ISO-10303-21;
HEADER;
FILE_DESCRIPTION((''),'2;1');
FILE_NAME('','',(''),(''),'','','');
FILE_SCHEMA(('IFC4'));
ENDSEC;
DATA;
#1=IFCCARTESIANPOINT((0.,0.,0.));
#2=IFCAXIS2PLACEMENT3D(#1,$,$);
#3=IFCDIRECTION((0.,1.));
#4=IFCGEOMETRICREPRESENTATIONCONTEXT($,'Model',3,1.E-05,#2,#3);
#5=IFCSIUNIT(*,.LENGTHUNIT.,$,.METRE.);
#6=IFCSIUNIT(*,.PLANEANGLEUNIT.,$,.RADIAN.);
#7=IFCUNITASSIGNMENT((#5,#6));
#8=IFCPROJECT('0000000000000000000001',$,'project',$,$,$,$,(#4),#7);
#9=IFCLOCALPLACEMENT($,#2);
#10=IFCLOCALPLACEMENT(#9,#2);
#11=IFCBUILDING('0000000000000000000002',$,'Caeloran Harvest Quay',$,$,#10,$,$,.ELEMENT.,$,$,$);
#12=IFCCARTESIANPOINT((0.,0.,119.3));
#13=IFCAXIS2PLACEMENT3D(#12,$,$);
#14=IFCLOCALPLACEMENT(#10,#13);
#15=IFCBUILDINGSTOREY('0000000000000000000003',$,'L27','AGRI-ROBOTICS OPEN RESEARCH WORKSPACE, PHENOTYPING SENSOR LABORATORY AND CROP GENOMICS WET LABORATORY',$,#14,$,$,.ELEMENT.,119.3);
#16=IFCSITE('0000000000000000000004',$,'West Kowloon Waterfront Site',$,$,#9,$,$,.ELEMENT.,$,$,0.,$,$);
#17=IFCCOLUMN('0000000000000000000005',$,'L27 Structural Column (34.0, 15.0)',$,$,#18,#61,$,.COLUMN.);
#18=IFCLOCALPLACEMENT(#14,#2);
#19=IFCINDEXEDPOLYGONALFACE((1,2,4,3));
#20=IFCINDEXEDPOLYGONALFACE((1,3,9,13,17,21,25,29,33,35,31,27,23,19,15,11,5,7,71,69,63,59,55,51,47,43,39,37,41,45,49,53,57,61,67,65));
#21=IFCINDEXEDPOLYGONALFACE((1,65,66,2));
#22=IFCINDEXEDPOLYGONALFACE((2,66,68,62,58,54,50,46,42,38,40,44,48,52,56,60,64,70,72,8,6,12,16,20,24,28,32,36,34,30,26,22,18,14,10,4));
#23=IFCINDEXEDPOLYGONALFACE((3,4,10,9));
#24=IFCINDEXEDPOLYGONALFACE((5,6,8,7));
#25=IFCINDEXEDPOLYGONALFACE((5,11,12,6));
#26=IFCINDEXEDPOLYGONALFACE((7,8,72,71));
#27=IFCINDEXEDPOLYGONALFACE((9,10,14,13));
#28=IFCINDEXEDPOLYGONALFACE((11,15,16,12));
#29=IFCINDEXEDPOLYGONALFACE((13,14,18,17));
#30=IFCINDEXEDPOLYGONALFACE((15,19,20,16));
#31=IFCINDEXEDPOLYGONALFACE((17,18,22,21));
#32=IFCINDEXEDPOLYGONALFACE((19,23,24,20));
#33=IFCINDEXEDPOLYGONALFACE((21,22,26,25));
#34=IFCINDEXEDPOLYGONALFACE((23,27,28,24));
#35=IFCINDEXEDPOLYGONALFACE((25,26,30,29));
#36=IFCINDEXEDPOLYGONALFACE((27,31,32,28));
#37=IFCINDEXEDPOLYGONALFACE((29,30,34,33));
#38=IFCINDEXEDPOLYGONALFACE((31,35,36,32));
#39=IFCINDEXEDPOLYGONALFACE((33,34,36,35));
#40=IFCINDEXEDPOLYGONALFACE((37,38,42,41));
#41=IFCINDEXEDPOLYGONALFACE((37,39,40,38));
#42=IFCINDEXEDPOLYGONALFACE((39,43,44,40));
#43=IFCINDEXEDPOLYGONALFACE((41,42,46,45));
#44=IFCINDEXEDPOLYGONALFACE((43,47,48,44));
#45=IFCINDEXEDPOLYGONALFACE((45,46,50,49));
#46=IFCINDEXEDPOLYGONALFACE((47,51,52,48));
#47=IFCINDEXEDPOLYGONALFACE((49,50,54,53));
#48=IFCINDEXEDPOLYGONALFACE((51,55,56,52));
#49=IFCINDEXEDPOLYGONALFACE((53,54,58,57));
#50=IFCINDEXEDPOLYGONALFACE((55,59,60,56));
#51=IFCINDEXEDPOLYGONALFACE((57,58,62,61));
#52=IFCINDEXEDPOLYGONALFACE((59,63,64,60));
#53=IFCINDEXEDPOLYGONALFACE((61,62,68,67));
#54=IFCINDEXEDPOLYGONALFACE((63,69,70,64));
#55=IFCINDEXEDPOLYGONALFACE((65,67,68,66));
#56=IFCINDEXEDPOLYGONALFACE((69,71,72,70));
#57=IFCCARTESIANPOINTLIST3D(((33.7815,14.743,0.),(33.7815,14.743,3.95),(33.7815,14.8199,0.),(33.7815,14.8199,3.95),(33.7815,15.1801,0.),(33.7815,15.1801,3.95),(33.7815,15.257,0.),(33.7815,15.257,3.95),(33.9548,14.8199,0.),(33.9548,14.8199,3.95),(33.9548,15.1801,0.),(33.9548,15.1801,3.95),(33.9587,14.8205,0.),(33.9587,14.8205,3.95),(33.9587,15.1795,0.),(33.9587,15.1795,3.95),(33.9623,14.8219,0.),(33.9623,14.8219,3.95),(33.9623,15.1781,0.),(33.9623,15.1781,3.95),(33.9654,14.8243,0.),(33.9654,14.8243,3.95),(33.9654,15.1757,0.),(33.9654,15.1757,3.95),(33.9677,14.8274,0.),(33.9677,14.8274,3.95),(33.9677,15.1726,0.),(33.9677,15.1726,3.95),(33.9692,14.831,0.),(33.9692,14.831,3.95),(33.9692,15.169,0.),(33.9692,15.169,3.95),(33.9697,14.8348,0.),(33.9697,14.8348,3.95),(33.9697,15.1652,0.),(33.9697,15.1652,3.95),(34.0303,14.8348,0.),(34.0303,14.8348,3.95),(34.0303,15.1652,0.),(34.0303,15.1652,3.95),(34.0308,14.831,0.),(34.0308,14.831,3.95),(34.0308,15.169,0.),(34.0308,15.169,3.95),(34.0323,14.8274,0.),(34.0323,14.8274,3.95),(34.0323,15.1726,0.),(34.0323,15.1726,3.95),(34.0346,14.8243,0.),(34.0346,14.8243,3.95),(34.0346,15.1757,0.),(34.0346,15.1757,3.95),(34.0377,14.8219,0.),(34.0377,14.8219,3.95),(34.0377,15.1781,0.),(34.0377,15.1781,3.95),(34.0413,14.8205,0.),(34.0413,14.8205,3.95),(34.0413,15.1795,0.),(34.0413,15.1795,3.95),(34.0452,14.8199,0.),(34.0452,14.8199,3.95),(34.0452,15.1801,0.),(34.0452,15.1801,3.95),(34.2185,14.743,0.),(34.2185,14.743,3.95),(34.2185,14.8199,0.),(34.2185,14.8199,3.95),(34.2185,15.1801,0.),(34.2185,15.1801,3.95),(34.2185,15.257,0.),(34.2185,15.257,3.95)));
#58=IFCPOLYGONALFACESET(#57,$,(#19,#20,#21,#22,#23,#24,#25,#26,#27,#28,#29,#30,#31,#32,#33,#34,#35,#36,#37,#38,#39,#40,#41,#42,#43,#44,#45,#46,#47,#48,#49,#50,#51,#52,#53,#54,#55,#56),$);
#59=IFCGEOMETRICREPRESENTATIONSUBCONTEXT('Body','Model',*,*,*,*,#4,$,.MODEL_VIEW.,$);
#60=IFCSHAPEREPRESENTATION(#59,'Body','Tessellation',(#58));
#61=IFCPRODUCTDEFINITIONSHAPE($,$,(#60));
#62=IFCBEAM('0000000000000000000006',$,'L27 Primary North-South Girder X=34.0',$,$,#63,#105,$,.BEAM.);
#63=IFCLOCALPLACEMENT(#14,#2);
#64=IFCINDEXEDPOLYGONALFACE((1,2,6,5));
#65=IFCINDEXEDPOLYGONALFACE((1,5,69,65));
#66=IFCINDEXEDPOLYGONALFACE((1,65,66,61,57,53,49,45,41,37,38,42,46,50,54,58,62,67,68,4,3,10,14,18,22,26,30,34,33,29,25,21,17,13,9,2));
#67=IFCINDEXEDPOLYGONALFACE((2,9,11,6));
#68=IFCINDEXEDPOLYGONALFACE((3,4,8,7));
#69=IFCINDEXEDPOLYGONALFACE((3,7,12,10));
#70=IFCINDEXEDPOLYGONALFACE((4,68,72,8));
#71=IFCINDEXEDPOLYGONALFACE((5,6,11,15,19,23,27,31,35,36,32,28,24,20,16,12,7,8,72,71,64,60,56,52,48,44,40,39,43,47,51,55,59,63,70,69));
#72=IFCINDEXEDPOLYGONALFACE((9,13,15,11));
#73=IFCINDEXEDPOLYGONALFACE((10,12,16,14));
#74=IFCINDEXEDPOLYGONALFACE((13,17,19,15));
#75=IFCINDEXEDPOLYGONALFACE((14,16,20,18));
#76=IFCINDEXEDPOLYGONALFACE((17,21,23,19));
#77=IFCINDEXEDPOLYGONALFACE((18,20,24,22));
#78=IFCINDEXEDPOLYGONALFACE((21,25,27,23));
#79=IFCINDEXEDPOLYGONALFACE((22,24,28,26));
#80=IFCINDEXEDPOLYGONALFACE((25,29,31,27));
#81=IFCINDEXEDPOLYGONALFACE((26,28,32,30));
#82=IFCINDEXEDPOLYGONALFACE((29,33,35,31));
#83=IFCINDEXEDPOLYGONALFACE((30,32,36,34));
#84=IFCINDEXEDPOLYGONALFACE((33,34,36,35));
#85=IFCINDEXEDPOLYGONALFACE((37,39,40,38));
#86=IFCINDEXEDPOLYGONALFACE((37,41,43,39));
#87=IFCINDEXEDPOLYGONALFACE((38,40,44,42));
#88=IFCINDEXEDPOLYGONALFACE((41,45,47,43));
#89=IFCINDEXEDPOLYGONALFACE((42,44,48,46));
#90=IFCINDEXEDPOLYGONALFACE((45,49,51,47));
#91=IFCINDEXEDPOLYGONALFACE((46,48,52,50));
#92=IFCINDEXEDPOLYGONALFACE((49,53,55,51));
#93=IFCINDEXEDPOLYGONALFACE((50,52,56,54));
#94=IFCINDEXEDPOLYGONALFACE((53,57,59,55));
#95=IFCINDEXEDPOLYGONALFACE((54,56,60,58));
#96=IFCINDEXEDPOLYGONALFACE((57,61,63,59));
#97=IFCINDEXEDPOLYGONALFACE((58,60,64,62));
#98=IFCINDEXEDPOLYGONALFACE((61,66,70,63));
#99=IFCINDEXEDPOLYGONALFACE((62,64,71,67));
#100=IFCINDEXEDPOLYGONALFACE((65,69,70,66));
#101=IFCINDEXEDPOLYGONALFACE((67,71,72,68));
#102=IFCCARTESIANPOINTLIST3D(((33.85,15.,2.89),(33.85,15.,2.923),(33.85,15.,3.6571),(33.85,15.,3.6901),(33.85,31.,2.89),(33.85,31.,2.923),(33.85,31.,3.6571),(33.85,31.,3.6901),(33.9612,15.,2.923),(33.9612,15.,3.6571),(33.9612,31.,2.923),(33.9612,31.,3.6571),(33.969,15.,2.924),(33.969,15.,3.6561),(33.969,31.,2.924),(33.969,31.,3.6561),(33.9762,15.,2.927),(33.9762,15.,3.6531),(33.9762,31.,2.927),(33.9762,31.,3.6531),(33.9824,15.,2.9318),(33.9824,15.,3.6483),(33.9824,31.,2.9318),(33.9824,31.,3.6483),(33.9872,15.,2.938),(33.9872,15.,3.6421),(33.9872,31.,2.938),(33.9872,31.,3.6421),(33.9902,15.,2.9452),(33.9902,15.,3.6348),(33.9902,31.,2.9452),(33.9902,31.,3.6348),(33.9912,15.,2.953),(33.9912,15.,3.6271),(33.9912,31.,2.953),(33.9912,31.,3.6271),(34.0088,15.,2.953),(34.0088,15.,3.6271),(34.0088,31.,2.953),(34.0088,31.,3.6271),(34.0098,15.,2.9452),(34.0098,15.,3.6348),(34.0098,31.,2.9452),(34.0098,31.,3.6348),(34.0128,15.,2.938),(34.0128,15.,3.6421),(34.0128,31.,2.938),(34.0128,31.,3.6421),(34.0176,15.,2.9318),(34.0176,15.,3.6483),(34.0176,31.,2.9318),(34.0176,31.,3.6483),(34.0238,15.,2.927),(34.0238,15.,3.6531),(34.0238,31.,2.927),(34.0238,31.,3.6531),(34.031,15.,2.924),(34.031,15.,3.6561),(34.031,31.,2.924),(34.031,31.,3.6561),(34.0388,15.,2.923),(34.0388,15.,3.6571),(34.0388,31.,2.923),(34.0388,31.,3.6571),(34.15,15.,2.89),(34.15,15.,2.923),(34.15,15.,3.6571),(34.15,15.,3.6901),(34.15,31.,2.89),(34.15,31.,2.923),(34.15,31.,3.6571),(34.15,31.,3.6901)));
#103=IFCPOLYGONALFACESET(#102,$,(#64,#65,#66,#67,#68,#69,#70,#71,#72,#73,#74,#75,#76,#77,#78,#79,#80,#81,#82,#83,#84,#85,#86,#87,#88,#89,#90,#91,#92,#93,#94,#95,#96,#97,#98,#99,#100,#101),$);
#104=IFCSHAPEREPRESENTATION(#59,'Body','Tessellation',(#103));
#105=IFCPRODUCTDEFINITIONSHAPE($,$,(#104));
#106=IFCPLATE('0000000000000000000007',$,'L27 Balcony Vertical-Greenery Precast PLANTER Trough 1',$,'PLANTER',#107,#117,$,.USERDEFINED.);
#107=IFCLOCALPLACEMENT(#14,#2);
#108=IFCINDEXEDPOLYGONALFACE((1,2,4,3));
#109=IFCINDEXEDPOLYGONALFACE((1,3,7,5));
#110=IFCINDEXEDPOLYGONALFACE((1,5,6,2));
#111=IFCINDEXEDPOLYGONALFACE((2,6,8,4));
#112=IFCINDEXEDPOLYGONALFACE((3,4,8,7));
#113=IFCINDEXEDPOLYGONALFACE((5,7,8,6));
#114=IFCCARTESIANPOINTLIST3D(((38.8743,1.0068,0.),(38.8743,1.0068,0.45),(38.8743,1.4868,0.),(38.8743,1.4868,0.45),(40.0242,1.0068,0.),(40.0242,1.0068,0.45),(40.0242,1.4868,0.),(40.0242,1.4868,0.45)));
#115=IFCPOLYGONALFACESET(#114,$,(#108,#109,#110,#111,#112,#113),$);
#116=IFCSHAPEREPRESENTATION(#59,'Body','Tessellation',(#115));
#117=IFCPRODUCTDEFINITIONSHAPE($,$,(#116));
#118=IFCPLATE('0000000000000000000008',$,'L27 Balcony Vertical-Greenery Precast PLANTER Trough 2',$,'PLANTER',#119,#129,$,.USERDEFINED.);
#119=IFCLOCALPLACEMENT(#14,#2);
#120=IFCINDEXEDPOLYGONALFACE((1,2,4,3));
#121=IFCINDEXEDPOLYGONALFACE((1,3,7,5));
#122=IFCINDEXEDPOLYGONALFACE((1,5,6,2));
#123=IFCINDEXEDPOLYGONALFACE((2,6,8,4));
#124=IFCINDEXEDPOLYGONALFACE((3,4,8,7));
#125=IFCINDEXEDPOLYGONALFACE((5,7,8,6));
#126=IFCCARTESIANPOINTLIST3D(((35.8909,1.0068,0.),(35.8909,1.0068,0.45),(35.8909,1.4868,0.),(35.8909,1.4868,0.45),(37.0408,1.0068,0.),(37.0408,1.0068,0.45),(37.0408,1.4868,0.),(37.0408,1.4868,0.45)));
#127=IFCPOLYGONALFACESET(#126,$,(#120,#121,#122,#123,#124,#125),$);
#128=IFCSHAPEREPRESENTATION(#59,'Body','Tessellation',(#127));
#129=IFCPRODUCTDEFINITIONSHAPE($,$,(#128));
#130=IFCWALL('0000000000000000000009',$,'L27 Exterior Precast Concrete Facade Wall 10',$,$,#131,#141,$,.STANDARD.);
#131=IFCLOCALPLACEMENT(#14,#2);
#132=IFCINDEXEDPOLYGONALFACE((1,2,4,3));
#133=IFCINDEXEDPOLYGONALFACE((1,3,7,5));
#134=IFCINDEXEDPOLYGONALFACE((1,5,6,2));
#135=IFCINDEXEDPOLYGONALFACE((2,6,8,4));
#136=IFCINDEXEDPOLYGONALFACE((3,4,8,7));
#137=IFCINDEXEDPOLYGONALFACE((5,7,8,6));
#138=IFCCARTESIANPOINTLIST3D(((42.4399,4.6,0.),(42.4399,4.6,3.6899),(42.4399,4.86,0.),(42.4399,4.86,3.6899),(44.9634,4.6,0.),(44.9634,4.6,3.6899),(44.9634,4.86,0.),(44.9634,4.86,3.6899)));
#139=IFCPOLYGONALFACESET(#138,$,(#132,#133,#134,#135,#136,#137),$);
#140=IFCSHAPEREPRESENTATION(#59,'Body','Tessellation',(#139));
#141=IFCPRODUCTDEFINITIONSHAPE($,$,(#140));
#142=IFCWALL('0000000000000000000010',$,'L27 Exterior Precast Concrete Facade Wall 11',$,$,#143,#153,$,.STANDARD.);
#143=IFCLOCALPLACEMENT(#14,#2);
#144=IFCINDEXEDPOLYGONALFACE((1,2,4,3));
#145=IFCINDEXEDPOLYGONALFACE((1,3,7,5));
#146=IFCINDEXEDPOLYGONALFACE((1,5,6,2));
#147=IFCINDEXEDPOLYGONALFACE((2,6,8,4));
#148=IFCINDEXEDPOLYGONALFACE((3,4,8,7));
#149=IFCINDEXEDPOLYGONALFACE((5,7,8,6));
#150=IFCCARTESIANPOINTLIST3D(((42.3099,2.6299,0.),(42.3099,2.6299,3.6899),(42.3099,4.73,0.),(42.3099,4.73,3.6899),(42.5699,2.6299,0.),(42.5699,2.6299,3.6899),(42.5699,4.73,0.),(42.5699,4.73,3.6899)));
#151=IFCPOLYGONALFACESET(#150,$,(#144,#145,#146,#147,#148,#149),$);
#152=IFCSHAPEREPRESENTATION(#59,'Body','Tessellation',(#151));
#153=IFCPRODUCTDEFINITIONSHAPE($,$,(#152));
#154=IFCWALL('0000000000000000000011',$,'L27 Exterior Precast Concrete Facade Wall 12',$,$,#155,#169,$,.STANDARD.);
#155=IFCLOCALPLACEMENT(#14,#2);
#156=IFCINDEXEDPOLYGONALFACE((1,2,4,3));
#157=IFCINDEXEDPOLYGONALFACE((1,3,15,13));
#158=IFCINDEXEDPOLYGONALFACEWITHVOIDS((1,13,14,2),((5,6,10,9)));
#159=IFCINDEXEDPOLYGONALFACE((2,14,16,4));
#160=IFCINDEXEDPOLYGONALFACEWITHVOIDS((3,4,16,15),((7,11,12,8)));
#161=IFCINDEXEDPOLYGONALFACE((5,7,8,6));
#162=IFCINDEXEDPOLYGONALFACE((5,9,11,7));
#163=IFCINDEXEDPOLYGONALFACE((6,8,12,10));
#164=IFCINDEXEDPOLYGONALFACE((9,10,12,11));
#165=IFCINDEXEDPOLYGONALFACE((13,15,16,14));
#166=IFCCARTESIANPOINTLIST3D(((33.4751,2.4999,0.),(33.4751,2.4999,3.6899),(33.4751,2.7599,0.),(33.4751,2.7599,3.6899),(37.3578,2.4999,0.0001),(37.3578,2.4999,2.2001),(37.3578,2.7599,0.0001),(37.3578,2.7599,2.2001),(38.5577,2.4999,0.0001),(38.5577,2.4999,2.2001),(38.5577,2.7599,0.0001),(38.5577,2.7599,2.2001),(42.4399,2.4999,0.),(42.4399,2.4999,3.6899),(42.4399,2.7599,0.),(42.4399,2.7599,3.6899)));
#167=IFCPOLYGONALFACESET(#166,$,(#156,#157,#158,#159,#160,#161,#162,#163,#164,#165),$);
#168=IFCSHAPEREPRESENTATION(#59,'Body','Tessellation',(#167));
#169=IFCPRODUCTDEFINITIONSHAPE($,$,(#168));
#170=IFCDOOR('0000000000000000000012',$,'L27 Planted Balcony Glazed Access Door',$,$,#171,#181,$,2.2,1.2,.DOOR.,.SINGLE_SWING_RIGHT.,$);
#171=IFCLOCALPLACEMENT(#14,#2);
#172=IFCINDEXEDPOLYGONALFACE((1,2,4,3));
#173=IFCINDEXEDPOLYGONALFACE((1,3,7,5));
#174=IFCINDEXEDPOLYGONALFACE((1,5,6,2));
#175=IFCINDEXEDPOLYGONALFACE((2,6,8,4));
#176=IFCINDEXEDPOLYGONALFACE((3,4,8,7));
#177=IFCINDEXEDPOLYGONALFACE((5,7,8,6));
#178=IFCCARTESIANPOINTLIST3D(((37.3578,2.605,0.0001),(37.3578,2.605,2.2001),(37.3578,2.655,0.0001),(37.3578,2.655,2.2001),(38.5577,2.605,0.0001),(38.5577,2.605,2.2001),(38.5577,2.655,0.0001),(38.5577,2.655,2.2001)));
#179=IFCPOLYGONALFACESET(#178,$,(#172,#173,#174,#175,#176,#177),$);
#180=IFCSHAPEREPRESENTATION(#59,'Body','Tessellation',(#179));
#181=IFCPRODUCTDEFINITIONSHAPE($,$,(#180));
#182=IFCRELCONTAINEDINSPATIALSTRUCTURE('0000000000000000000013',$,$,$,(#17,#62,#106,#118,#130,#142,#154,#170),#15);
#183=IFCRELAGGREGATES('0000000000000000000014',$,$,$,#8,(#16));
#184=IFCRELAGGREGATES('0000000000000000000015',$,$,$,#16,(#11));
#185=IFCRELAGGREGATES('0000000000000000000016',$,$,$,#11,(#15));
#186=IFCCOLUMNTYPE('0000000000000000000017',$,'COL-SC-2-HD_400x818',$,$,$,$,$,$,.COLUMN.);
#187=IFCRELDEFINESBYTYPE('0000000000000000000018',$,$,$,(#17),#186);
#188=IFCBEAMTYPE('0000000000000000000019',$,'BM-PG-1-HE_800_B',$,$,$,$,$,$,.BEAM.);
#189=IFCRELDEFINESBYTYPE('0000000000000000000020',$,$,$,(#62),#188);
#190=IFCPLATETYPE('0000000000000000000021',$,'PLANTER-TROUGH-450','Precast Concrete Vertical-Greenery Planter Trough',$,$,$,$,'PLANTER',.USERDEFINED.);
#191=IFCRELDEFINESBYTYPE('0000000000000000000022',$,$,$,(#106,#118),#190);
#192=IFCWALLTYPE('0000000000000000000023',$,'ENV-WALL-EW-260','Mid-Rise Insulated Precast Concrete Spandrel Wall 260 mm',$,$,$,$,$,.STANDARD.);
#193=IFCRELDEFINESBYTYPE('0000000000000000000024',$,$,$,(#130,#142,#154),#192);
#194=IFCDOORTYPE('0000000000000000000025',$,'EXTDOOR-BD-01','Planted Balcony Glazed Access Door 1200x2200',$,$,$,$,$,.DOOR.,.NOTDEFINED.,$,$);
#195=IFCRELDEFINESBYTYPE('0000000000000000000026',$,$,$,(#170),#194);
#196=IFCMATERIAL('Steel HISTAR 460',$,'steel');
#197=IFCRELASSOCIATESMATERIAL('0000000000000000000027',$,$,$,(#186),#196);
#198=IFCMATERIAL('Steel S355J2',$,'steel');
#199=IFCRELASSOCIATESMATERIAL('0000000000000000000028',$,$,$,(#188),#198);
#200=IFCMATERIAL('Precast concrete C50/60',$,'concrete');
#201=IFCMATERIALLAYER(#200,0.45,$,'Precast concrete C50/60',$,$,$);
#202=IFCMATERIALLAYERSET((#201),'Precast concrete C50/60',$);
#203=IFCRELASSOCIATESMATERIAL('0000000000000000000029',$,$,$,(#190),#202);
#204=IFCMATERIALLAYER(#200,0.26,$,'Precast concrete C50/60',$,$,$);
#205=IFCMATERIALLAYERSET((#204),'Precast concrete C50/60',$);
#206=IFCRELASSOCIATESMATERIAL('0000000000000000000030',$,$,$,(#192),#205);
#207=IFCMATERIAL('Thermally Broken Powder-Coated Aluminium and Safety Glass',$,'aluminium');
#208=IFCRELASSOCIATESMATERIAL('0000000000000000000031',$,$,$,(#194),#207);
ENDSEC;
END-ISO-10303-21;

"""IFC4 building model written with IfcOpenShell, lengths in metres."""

from ifc_helpers import new_model, si_unit, direction, frame, frame_2d, origin, origin_2d, place, context, subcontext, project, spatial, rectangle, i_section, extrude, material, layer, layer_set, material_profile, profile_set, type_object, element, fill, save


model = new_model("IFC4")

# Units and contexts
model_context = context("Model", 3, precision=1e-05, world=origin(), true_north=direction((0.0, 1.0)))
body_context = subcontext(model_context, "Body", "Model", "MODEL_VIEW")
ifc_project = project(units=[si_unit("LENGTHUNIT", "METRE"), si_unit("PLANEANGLEUNIT", "RADIAN")], contexts=[model_context])

# Site, building, storey
site_placement = place(None, origin())
site = spatial("IfcSite", under=ifc_project, at=site_placement, Name="West Kowloon Waterfront Site", CompositionType="ELEMENT", RefElevation=0.0)
building_placement = place(site_placement, origin())
building = spatial("IfcBuilding", under=site, at=building_placement, Name="Caeloran Harvest Quay", CompositionType="ELEMENT")
storey_placement = place(building_placement, frame((0.0, 0.0, 119.3)))
storey = spatial("IfcBuildingStorey", under=building, at=storey_placement, Name="L27", Description="AGRI-ROBOTICS OPEN RESEARCH WORKSPACE, PHENOTYPING SENSOR LABORATORY AND CROP GENOMICS WET LABORATORY", CompositionType="ELEMENT", Elevation=119.3)

# Column
ifc_material_1 = material(Name="Steel HISTAR 460", Category="steel")
ifc_material_profile_1 = material_profile(ifc_material_1, i_section(OverallWidth=0.437, OverallDepth=0.5139, WebThickness=0.0605, FlangeThickness=0.0769, FilletRadius=0.0149, at=origin_2d()), Name="HD 400x818")
ifc_profile_set_1 = profile_set([ifc_material_profile_1], Name="Steel HISTAR 460")
column_type = type_object("IfcColumnType", Name="COL-SC-2-HD_400x818", PredefinedType="COLUMN", material=ifc_profile_set_1)
column_placement = place(storey_placement, frame((34.0, 15.0, 0.0), z_axis=(0.0, 0.0, 1.0), x_axis=(1.0, 0.0, 0.0)))
element("IfcColumn", 1, at=column_placement, inside=storey, type_object=column_type, Name="L27 Structural Column (34.0, 15.0)", PredefinedType="COLUMN", context=body_context, shape_type="SweptSolid", body=[
    extrude(i_section(OverallWidth=0.437, OverallDepth=0.5139, WebThickness=0.0605, FlangeThickness=0.0769, FilletRadius=0.0149, at=origin_2d()), origin(), (0.0, 0.0, 1.0), 3.95),
])

# Beam
ifc_material_2 = material(Name="Steel S355J2", Category="steel")
ifc_material_profile_2 = material_profile(ifc_material_2, i_section(OverallWidth=0.3, OverallDepth=0.8, WebThickness=0.0176, FlangeThickness=0.033, FilletRadius=0.03, at=origin_2d()), Name="HE 800 B")
ifc_profile_set_2 = profile_set([ifc_material_profile_2], Name="Steel S355J2")
beam_type = type_object("IfcBeamType", Name="BM-PG-1-HE_800_B", PredefinedType="BEAM", material=ifc_profile_set_2)
beam_placement = place(storey_placement, frame((34.0, 15.0, 3.29), z_axis=(0.0, 1.0, 0.0), x_axis=(-1.0, 0.0, 0.0)))
element("IfcBeam", 2, at=beam_placement, inside=storey, type_object=beam_type, Name="L27 Primary North-South Girder X=34.0", PredefinedType="BEAM", context=body_context, shape_type="SweptSolid", body=[
    extrude(i_section(OverallWidth=0.3, OverallDepth=0.8, WebThickness=0.0176, FlangeThickness=0.033, FilletRadius=0.03, at=origin_2d()), origin(), (0.0, 0.0, 1.0), 16.0),
])

# Plates
ifc_material_3 = material(Name="Precast concrete C50/60", Category="concrete")
ifc_layer_1 = layer(ifc_material_3, 0.45, Name="Precast concrete C50/60")
ifc_layer_set_1 = layer_set([ifc_layer_1], Name="Precast concrete C50/60")
plate_type = type_object("IfcPlateType", Name="PLANTER-TROUGH-450", Description="Precast Concrete Vertical-Greenery Planter Trough", ElementType="PLANTER", PredefinedType="USERDEFINED", material=ifc_layer_set_1)
for number, where, z_axis, x_axis, name in (
    (3, (39.4492, 1.2468, 0.0), (0.0, 0.0, 1.0), (1.0, 0.0, 0.0), "L27 Balcony Vertical-Greenery Precast PLANTER Trough 1"),
    (4, (36.4658, 1.2468, 0.0), (0.0, 0.0, 1.0), (1.0, 0.0, 0.0), "L27 Balcony Vertical-Greenery Precast PLANTER Trough 2"),
):
    element("IfcPlate", number, at=place(storey_placement, frame(where, z_axis=z_axis, x_axis=x_axis)), inside=storey, type_object=plate_type, Name=name, ObjectType="PLANTER", PredefinedType="USERDEFINED", context=body_context, shape_type="SweptSolid", body=[
        extrude(rectangle(XDim=1.1499, YDim=0.48, at=origin_2d()), origin(), (0.0, 0.0, 1.0), 0.45),
    ])

# Walls
ifc_layer_2 = layer(ifc_material_3, 0.26, Name="Precast concrete C50/60")
ifc_layer_set_2 = layer_set([ifc_layer_2], Name="Precast concrete C50/60")
wall_type_1 = type_object("IfcWallType", Name="ENV-WALL-EW-260", Description="Mid-Rise Insulated Precast Concrete Spandrel Wall 260 mm", PredefinedType="STANDARD", material=ifc_layer_set_2)
wall_1_placement = place(storey_placement, frame((44.9634, 4.73, 0.0), z_axis=(0.0, 0.0, 1.0), x_axis=(-1.0, 0.0, 0.0)))
element("IfcWall", 5, at=wall_1_placement, inside=storey, type_object=wall_type_1, Name="L27 Exterior Precast Concrete Facade Wall 10", PredefinedType="STANDARD", context=body_context, shape_type="SweptSolid", body=[
    extrude(rectangle(XDim=2.5234, YDim=0.26, at=frame_2d((1.2617, 0.0))), origin(), (0.0, 0.0, 1.0), 3.6899),
])
wall_2_placement = place(storey_placement, frame((42.4399, 4.73, 0.0), z_axis=(0.0, 0.0, 1.0), x_axis=(0.0, -1.0, 0.0)))
element("IfcWall", 6, at=wall_2_placement, inside=storey, type_object=wall_type_1, Name="L27 Exterior Precast Concrete Facade Wall 11", PredefinedType="STANDARD", context=body_context, shape_type="SweptSolid", body=[
    extrude(rectangle(XDim=2.1001, YDim=0.26, at=frame_2d((1.05, 0.0))), origin(), (0.0, 0.0, 1.0), 3.6899),
])

# Wall, opening, door
wall_3_placement = place(storey_placement, frame((42.4399, 2.6299, 0.0), z_axis=(0.0, 0.0, 1.0), x_axis=(-1.0, 0.0, 0.0)))
wall_3 = element("IfcWall", 7, at=wall_3_placement, inside=storey, type_object=wall_type_1, Name="L27 Exterior Precast Concrete Facade Wall 12", PredefinedType="STANDARD", context=body_context, shape_type="SweptSolid", body=[
    extrude(rectangle(XDim=8.9648, YDim=0.26, at=frame_2d((4.4824, 0.0))), origin(), (0.0, 0.0, 1.0), 3.6899),
])
opening_placement = place(wall_3_placement, frame((3.8821, 0.0, 0.0)))
opening = element("IfcOpeningElement", 8, at=opening_placement, cuts=wall_3, PredefinedType="OPENING", context=body_context, shape_type="SweptSolid", body=[
    extrude(rectangle(XDim=1.2, YDim=2.2, at=frame_2d((0.6001, 1.1001))), frame((0.0, 0.1401, 0.0), z_axis=(0.0, -1.0, 0.0), x_axis=(1.0, 0.0, 0.0)), (0.0, 0.0, 1.0), 0.28),
])
ifc_material_4 = material(Name="Thermally Broken Powder-Coated Aluminium and Safety Glass", Category="aluminium")
door_type = type_object("IfcDoorType", Name="EXTDOOR-BD-01", Description="Planted Balcony Glazed Access Door 1200x2200", OperationType="NOTDEFINED", PredefinedType="DOOR", material=ifc_material_4)
door_placement = place(opening_placement, origin())
door = element("IfcDoor", 9, at=door_placement, inside=storey, type_object=door_type, Name="L27 Planted Balcony Glazed Access Door", OperationType="SINGLE_SWING_RIGHT", OverallHeight=2.2, OverallWidth=1.2, PredefinedType="DOOR", context=body_context, shape_type="SweptSolid", body=[
    extrude(rectangle(XDim=1.2, YDim=2.2, at=frame_2d((0.6001, 1.1001))), frame((0.0, 0.0249, 0.0), z_axis=(0.0, -1.0, 0.0), x_axis=(1.0, 0.0, 0.0)), (0.0, 0.0, 1.0), 0.05),
])
fill(opening, door)

save(model, "model.ifc")
